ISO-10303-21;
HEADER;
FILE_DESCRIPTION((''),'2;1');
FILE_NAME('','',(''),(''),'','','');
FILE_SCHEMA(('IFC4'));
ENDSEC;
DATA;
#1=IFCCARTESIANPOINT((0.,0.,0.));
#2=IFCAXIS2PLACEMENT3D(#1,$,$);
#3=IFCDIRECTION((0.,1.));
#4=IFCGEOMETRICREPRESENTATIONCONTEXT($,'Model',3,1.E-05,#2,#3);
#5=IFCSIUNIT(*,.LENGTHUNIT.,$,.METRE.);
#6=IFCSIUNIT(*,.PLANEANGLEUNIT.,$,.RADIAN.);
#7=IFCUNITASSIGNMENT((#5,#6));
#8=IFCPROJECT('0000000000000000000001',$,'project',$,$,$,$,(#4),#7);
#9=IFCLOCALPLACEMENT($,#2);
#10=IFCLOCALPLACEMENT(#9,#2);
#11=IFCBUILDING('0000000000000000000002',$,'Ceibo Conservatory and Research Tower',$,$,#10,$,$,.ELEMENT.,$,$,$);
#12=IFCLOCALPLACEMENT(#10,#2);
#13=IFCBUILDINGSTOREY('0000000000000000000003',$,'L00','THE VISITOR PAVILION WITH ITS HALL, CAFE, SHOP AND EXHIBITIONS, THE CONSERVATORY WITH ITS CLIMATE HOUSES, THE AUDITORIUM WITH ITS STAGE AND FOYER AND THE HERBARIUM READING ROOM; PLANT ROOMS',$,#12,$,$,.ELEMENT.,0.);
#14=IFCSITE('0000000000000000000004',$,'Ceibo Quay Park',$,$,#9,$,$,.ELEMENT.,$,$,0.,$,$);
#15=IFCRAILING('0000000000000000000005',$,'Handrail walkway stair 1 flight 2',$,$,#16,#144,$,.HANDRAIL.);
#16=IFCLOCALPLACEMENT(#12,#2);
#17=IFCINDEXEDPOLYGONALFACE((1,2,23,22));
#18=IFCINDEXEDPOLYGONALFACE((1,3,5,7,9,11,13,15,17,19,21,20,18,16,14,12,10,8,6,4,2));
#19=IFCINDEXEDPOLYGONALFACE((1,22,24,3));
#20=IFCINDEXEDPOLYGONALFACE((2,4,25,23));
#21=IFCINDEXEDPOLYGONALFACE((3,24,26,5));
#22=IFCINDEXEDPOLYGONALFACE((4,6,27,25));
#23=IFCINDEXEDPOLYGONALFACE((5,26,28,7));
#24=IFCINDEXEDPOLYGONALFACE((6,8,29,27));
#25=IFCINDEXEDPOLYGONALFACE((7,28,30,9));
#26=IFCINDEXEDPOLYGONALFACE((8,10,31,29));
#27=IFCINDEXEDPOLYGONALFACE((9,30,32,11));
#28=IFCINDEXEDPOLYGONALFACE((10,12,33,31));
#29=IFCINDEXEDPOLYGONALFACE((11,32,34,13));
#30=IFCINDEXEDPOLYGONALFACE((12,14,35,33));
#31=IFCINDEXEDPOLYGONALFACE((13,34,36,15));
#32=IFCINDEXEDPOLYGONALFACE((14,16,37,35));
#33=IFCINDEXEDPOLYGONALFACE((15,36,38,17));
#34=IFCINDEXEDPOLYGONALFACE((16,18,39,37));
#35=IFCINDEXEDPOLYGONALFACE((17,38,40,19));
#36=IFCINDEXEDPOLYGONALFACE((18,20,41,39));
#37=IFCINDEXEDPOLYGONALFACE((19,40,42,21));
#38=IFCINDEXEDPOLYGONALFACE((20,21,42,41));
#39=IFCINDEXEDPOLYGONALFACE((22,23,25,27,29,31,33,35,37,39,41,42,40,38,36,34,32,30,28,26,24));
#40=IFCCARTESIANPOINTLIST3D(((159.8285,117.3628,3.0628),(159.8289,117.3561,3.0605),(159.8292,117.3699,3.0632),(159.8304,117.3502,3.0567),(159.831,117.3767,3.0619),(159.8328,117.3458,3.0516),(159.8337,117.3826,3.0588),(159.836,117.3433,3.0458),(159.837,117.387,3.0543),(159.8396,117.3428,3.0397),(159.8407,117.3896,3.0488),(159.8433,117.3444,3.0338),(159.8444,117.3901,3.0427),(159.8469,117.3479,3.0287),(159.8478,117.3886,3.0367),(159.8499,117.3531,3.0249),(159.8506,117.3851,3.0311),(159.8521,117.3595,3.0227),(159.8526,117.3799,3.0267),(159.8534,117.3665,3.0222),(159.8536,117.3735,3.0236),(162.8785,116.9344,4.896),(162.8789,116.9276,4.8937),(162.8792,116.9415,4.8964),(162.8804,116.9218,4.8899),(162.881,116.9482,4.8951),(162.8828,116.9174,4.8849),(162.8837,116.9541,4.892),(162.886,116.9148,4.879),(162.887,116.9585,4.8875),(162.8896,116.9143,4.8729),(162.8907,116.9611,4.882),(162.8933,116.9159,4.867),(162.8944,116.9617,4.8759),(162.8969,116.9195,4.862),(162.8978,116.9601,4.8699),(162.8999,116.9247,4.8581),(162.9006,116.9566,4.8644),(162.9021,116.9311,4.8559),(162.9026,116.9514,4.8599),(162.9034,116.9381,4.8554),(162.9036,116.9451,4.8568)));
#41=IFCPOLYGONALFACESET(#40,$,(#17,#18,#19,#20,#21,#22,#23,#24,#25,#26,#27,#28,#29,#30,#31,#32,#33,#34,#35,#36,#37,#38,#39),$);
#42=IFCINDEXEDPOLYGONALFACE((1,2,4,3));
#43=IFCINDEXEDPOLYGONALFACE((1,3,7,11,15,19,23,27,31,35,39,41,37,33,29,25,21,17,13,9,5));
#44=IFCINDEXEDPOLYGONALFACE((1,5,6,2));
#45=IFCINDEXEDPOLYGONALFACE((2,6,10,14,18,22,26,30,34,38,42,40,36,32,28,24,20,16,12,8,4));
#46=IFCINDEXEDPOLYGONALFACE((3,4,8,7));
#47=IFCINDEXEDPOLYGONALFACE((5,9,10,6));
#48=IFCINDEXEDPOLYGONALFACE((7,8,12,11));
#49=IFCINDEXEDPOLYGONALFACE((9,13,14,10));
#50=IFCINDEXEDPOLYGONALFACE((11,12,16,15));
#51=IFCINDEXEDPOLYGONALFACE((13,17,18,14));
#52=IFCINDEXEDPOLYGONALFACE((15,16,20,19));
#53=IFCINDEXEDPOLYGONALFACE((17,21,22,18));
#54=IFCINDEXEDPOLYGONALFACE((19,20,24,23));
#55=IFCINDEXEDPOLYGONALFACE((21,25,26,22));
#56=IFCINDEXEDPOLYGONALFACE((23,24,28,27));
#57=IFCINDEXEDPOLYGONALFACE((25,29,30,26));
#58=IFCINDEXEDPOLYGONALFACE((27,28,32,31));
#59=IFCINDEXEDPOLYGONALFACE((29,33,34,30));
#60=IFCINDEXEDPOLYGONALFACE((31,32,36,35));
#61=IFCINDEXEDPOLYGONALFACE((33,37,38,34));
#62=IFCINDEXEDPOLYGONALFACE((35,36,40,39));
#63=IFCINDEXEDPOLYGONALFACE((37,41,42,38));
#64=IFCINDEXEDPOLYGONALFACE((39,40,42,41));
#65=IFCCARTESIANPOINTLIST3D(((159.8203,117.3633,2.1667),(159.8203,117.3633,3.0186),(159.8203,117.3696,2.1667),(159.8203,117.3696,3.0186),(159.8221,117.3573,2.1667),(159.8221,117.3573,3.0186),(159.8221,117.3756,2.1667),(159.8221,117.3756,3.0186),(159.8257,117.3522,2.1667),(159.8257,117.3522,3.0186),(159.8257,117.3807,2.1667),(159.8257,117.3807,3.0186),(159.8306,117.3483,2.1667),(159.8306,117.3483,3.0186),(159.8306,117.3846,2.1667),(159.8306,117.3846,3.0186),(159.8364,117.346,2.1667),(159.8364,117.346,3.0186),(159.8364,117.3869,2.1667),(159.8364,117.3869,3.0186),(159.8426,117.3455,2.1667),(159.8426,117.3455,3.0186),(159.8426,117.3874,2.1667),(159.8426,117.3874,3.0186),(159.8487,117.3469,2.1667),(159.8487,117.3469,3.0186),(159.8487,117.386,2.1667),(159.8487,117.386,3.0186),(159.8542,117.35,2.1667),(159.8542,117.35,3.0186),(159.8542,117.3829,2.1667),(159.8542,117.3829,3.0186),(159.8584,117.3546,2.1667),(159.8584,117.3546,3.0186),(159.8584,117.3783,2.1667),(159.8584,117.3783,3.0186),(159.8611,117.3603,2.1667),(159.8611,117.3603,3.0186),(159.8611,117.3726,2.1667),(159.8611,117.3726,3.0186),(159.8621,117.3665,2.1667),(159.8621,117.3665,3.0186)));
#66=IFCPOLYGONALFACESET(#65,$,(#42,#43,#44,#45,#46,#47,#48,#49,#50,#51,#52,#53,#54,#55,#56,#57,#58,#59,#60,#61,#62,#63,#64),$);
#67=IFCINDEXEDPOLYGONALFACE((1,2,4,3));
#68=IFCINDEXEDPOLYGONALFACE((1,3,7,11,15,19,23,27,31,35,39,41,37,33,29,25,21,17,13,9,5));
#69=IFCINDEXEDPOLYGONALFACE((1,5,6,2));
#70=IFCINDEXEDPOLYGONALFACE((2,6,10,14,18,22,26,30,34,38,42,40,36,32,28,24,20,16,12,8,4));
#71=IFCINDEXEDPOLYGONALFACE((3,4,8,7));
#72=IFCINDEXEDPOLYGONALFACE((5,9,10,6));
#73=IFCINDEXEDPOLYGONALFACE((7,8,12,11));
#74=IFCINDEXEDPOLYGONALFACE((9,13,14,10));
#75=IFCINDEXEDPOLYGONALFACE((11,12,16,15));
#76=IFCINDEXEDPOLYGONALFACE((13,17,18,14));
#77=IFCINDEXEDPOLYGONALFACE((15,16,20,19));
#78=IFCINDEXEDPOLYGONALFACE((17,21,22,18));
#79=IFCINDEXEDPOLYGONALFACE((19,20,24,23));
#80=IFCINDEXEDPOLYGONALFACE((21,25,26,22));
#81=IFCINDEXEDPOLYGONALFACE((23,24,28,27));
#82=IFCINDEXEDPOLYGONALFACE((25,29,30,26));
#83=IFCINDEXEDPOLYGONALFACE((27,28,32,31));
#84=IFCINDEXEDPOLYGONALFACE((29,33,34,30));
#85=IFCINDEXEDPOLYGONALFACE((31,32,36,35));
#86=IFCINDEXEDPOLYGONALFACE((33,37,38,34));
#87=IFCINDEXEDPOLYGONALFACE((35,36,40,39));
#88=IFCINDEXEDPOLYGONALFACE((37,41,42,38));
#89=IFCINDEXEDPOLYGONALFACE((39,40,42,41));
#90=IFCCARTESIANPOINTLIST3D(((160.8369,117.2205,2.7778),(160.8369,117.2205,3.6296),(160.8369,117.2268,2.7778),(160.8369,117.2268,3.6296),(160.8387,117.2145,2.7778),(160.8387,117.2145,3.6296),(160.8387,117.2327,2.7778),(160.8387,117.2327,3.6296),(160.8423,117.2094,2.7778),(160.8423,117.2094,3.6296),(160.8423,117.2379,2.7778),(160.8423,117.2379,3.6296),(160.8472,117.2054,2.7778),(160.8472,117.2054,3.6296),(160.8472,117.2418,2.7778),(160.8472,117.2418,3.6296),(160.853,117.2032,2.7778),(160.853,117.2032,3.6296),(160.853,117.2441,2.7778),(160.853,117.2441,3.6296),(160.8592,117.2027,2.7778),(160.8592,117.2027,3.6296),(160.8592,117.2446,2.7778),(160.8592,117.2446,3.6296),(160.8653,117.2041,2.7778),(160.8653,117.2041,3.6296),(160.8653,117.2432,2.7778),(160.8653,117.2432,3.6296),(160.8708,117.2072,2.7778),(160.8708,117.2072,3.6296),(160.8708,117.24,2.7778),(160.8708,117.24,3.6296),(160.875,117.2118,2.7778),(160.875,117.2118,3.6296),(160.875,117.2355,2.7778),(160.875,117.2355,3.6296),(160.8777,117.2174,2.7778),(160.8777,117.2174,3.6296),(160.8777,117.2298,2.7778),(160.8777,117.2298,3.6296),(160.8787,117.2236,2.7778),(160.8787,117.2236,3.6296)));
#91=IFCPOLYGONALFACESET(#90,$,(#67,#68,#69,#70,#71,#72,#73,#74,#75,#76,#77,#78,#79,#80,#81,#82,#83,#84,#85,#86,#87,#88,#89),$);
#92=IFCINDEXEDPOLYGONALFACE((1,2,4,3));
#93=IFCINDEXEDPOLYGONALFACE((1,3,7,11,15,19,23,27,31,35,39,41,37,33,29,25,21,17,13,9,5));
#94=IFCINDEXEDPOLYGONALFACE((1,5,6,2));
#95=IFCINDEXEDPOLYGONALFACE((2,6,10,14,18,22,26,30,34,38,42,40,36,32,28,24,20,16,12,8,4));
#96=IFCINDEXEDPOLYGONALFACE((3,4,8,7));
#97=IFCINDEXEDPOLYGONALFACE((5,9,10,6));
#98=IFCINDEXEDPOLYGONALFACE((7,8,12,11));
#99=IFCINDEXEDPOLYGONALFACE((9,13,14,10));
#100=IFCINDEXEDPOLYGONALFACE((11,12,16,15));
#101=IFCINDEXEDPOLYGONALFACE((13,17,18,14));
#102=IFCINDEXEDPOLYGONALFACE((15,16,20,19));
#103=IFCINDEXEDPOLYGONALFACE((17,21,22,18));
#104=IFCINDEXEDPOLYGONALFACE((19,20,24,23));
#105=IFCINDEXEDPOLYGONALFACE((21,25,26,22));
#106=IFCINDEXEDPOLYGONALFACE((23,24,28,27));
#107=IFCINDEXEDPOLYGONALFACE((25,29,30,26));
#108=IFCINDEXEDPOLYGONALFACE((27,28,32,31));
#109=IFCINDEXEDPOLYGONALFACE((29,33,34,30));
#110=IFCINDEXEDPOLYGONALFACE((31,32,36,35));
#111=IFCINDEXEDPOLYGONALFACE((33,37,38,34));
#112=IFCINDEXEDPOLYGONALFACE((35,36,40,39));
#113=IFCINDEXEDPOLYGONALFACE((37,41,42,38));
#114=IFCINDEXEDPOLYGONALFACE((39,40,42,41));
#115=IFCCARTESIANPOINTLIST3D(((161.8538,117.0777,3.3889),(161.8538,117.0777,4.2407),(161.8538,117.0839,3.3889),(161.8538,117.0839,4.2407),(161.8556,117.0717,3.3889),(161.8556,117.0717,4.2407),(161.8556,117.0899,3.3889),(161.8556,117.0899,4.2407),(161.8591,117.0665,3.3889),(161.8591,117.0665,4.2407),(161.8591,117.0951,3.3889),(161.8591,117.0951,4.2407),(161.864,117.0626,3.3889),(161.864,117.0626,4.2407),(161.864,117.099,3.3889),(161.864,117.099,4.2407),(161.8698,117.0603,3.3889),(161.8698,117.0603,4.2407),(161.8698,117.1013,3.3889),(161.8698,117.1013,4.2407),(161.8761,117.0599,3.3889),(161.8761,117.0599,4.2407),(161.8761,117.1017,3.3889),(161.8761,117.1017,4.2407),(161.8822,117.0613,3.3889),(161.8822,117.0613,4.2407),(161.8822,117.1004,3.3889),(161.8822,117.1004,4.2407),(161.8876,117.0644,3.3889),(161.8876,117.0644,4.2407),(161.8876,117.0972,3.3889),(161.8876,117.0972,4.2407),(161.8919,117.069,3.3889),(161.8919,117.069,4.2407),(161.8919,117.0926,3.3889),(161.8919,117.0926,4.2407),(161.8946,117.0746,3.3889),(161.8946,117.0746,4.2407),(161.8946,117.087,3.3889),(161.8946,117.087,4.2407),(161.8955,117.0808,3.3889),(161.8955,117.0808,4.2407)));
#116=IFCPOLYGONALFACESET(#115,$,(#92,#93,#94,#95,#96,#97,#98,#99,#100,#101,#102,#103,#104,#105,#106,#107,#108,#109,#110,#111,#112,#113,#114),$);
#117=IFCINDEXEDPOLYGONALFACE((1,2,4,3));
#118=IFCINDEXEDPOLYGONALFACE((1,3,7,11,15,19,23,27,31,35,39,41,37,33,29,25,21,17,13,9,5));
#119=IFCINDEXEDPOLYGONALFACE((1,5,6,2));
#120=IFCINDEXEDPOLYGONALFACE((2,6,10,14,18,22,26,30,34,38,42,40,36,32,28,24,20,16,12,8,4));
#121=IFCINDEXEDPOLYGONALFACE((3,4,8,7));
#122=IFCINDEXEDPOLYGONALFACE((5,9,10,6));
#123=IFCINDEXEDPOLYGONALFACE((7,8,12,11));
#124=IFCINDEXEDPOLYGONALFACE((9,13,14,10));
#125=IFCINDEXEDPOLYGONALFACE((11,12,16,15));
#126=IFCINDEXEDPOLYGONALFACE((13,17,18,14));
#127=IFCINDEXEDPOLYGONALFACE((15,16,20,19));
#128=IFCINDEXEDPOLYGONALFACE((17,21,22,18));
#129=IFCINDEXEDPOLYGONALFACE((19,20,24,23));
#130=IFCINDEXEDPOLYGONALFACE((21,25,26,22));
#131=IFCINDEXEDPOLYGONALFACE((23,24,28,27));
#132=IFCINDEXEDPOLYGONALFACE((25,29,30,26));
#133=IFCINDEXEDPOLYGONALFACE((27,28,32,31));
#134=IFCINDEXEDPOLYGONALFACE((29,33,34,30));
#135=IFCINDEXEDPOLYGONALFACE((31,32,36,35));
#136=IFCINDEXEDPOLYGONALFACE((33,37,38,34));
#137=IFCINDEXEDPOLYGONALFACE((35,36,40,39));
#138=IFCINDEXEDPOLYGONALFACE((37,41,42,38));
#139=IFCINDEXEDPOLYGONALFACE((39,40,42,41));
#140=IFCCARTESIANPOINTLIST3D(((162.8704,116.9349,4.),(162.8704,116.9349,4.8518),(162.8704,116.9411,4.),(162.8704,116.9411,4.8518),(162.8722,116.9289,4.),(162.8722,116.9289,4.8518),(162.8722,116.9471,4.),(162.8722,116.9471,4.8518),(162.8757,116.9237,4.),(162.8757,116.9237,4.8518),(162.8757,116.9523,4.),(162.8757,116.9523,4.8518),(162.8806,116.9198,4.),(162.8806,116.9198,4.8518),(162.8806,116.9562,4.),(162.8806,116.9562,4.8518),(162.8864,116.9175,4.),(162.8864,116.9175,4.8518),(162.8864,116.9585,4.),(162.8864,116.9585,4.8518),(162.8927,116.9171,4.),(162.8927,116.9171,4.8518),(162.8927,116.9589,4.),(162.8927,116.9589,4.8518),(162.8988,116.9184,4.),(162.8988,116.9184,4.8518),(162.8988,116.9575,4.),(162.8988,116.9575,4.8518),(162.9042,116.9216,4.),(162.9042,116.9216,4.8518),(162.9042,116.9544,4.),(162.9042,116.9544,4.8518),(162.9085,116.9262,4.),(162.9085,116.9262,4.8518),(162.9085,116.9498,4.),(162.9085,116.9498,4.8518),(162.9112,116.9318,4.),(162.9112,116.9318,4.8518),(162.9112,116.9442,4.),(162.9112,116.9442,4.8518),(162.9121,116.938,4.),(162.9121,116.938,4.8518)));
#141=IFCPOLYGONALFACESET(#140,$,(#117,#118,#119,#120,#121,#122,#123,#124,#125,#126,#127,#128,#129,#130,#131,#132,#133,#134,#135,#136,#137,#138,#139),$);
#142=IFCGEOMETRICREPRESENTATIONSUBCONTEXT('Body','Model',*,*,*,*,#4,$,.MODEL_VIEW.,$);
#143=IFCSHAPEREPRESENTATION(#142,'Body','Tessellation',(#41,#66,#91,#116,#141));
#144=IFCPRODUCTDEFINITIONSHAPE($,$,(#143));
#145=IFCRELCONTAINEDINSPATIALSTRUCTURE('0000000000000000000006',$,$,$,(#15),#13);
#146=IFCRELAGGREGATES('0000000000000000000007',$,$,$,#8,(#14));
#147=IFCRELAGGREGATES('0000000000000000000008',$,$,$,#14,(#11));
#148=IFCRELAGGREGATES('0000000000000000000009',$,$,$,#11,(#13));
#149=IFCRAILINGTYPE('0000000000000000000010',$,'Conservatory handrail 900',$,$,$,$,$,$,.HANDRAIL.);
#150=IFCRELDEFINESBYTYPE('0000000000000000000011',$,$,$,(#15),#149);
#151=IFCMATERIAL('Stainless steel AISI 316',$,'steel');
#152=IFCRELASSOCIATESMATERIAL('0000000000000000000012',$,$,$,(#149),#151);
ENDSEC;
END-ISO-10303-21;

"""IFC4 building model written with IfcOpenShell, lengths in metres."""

from ifc_helpers import new_model, si_unit, direction, frame, origin, origin_2d, place, context, subcontext, project, spatial, circle, extrude, material, type_object, element, save


model = new_model("IFC4")

# Units and contexts
model_context = context("Model", 3, precision=1e-05, world=origin(), true_north=direction((0.0, 1.0)))
body_context = subcontext(model_context, "Body", "Model", "MODEL_VIEW")
ifc_project = project(units=[si_unit("LENGTHUNIT", "METRE"), si_unit("PLANEANGLEUNIT", "RADIAN")], contexts=[model_context])

# Site, building, storey
site_placement = place(None, origin())
site = spatial("IfcSite", under=ifc_project, at=site_placement, Name="Ceibo Quay Park", CompositionType="ELEMENT", RefElevation=0.0)
building_placement = place(site_placement, origin())
building = spatial("IfcBuilding", under=site, at=building_placement, Name="Ceibo Conservatory and Research Tower", CompositionType="ELEMENT")
storey_placement = place(building_placement, origin())
storey = spatial("IfcBuildingStorey", under=building, at=storey_placement, Name="L00", Description="THE VISITOR PAVILION WITH ITS HALL, CAFE, SHOP AND EXHIBITIONS, THE CONSERVATORY WITH ITS CLIMATE HOUSES, THE AUDITORIUM WITH ITS STAGE AND FOYER AND THE HERBARIUM READING ROOM; PLANT ROOMS", CompositionType="ELEMENT", Elevation=0.0)

# Railing
ifc_material_1 = material(Name="Stainless steel AISI 316", Category="steel")
railing_type_1 = type_object("IfcRailingType", Name="Conservatory handrail 900", PredefinedType="HANDRAIL", material=ifc_material_1)
railing_1_placement = place(storey_placement, frame((159.8411, 117.3665, 2.1667)))
element("IfcRailing", 1, at=railing_1_placement, inside=storey, type_object=railing_type_1, Name="Handrail walkway stair 1 flight 2", PredefinedType="HANDRAIL", context=body_context, shape_type="SweptSolid", body=[
    extrude(circle(Radius=0.0239, at=origin_2d()), frame((0.0, 0.0, 0.876), z_axis=(0.850947, -0.11954, 0.511467), x_axis=(0.139113, 0.990277, 0.0)), (0.0, 0.0, 1.0), 3.5842),
    extrude(circle(Radius=0.021, at=origin_2d()), origin(), (0.0, 0.0, 1.0), 0.8518),
    extrude(circle(Radius=0.021, at=origin_2d()), frame((1.0166, -0.1428, 0.6111)), (0.0, 0.0, 1.0), 0.8518),
    extrude(circle(Radius=0.021, at=origin_2d()), frame((2.0334, -0.2856, 1.2222)), (0.0, 0.0, 1.0), 0.8518),
    extrude(circle(Radius=0.021, at=origin_2d()), frame((3.05, -0.4285, 1.8333)), (0.0, 0.0, 1.0), 0.8518),
])

save(model, "model.ifc")
